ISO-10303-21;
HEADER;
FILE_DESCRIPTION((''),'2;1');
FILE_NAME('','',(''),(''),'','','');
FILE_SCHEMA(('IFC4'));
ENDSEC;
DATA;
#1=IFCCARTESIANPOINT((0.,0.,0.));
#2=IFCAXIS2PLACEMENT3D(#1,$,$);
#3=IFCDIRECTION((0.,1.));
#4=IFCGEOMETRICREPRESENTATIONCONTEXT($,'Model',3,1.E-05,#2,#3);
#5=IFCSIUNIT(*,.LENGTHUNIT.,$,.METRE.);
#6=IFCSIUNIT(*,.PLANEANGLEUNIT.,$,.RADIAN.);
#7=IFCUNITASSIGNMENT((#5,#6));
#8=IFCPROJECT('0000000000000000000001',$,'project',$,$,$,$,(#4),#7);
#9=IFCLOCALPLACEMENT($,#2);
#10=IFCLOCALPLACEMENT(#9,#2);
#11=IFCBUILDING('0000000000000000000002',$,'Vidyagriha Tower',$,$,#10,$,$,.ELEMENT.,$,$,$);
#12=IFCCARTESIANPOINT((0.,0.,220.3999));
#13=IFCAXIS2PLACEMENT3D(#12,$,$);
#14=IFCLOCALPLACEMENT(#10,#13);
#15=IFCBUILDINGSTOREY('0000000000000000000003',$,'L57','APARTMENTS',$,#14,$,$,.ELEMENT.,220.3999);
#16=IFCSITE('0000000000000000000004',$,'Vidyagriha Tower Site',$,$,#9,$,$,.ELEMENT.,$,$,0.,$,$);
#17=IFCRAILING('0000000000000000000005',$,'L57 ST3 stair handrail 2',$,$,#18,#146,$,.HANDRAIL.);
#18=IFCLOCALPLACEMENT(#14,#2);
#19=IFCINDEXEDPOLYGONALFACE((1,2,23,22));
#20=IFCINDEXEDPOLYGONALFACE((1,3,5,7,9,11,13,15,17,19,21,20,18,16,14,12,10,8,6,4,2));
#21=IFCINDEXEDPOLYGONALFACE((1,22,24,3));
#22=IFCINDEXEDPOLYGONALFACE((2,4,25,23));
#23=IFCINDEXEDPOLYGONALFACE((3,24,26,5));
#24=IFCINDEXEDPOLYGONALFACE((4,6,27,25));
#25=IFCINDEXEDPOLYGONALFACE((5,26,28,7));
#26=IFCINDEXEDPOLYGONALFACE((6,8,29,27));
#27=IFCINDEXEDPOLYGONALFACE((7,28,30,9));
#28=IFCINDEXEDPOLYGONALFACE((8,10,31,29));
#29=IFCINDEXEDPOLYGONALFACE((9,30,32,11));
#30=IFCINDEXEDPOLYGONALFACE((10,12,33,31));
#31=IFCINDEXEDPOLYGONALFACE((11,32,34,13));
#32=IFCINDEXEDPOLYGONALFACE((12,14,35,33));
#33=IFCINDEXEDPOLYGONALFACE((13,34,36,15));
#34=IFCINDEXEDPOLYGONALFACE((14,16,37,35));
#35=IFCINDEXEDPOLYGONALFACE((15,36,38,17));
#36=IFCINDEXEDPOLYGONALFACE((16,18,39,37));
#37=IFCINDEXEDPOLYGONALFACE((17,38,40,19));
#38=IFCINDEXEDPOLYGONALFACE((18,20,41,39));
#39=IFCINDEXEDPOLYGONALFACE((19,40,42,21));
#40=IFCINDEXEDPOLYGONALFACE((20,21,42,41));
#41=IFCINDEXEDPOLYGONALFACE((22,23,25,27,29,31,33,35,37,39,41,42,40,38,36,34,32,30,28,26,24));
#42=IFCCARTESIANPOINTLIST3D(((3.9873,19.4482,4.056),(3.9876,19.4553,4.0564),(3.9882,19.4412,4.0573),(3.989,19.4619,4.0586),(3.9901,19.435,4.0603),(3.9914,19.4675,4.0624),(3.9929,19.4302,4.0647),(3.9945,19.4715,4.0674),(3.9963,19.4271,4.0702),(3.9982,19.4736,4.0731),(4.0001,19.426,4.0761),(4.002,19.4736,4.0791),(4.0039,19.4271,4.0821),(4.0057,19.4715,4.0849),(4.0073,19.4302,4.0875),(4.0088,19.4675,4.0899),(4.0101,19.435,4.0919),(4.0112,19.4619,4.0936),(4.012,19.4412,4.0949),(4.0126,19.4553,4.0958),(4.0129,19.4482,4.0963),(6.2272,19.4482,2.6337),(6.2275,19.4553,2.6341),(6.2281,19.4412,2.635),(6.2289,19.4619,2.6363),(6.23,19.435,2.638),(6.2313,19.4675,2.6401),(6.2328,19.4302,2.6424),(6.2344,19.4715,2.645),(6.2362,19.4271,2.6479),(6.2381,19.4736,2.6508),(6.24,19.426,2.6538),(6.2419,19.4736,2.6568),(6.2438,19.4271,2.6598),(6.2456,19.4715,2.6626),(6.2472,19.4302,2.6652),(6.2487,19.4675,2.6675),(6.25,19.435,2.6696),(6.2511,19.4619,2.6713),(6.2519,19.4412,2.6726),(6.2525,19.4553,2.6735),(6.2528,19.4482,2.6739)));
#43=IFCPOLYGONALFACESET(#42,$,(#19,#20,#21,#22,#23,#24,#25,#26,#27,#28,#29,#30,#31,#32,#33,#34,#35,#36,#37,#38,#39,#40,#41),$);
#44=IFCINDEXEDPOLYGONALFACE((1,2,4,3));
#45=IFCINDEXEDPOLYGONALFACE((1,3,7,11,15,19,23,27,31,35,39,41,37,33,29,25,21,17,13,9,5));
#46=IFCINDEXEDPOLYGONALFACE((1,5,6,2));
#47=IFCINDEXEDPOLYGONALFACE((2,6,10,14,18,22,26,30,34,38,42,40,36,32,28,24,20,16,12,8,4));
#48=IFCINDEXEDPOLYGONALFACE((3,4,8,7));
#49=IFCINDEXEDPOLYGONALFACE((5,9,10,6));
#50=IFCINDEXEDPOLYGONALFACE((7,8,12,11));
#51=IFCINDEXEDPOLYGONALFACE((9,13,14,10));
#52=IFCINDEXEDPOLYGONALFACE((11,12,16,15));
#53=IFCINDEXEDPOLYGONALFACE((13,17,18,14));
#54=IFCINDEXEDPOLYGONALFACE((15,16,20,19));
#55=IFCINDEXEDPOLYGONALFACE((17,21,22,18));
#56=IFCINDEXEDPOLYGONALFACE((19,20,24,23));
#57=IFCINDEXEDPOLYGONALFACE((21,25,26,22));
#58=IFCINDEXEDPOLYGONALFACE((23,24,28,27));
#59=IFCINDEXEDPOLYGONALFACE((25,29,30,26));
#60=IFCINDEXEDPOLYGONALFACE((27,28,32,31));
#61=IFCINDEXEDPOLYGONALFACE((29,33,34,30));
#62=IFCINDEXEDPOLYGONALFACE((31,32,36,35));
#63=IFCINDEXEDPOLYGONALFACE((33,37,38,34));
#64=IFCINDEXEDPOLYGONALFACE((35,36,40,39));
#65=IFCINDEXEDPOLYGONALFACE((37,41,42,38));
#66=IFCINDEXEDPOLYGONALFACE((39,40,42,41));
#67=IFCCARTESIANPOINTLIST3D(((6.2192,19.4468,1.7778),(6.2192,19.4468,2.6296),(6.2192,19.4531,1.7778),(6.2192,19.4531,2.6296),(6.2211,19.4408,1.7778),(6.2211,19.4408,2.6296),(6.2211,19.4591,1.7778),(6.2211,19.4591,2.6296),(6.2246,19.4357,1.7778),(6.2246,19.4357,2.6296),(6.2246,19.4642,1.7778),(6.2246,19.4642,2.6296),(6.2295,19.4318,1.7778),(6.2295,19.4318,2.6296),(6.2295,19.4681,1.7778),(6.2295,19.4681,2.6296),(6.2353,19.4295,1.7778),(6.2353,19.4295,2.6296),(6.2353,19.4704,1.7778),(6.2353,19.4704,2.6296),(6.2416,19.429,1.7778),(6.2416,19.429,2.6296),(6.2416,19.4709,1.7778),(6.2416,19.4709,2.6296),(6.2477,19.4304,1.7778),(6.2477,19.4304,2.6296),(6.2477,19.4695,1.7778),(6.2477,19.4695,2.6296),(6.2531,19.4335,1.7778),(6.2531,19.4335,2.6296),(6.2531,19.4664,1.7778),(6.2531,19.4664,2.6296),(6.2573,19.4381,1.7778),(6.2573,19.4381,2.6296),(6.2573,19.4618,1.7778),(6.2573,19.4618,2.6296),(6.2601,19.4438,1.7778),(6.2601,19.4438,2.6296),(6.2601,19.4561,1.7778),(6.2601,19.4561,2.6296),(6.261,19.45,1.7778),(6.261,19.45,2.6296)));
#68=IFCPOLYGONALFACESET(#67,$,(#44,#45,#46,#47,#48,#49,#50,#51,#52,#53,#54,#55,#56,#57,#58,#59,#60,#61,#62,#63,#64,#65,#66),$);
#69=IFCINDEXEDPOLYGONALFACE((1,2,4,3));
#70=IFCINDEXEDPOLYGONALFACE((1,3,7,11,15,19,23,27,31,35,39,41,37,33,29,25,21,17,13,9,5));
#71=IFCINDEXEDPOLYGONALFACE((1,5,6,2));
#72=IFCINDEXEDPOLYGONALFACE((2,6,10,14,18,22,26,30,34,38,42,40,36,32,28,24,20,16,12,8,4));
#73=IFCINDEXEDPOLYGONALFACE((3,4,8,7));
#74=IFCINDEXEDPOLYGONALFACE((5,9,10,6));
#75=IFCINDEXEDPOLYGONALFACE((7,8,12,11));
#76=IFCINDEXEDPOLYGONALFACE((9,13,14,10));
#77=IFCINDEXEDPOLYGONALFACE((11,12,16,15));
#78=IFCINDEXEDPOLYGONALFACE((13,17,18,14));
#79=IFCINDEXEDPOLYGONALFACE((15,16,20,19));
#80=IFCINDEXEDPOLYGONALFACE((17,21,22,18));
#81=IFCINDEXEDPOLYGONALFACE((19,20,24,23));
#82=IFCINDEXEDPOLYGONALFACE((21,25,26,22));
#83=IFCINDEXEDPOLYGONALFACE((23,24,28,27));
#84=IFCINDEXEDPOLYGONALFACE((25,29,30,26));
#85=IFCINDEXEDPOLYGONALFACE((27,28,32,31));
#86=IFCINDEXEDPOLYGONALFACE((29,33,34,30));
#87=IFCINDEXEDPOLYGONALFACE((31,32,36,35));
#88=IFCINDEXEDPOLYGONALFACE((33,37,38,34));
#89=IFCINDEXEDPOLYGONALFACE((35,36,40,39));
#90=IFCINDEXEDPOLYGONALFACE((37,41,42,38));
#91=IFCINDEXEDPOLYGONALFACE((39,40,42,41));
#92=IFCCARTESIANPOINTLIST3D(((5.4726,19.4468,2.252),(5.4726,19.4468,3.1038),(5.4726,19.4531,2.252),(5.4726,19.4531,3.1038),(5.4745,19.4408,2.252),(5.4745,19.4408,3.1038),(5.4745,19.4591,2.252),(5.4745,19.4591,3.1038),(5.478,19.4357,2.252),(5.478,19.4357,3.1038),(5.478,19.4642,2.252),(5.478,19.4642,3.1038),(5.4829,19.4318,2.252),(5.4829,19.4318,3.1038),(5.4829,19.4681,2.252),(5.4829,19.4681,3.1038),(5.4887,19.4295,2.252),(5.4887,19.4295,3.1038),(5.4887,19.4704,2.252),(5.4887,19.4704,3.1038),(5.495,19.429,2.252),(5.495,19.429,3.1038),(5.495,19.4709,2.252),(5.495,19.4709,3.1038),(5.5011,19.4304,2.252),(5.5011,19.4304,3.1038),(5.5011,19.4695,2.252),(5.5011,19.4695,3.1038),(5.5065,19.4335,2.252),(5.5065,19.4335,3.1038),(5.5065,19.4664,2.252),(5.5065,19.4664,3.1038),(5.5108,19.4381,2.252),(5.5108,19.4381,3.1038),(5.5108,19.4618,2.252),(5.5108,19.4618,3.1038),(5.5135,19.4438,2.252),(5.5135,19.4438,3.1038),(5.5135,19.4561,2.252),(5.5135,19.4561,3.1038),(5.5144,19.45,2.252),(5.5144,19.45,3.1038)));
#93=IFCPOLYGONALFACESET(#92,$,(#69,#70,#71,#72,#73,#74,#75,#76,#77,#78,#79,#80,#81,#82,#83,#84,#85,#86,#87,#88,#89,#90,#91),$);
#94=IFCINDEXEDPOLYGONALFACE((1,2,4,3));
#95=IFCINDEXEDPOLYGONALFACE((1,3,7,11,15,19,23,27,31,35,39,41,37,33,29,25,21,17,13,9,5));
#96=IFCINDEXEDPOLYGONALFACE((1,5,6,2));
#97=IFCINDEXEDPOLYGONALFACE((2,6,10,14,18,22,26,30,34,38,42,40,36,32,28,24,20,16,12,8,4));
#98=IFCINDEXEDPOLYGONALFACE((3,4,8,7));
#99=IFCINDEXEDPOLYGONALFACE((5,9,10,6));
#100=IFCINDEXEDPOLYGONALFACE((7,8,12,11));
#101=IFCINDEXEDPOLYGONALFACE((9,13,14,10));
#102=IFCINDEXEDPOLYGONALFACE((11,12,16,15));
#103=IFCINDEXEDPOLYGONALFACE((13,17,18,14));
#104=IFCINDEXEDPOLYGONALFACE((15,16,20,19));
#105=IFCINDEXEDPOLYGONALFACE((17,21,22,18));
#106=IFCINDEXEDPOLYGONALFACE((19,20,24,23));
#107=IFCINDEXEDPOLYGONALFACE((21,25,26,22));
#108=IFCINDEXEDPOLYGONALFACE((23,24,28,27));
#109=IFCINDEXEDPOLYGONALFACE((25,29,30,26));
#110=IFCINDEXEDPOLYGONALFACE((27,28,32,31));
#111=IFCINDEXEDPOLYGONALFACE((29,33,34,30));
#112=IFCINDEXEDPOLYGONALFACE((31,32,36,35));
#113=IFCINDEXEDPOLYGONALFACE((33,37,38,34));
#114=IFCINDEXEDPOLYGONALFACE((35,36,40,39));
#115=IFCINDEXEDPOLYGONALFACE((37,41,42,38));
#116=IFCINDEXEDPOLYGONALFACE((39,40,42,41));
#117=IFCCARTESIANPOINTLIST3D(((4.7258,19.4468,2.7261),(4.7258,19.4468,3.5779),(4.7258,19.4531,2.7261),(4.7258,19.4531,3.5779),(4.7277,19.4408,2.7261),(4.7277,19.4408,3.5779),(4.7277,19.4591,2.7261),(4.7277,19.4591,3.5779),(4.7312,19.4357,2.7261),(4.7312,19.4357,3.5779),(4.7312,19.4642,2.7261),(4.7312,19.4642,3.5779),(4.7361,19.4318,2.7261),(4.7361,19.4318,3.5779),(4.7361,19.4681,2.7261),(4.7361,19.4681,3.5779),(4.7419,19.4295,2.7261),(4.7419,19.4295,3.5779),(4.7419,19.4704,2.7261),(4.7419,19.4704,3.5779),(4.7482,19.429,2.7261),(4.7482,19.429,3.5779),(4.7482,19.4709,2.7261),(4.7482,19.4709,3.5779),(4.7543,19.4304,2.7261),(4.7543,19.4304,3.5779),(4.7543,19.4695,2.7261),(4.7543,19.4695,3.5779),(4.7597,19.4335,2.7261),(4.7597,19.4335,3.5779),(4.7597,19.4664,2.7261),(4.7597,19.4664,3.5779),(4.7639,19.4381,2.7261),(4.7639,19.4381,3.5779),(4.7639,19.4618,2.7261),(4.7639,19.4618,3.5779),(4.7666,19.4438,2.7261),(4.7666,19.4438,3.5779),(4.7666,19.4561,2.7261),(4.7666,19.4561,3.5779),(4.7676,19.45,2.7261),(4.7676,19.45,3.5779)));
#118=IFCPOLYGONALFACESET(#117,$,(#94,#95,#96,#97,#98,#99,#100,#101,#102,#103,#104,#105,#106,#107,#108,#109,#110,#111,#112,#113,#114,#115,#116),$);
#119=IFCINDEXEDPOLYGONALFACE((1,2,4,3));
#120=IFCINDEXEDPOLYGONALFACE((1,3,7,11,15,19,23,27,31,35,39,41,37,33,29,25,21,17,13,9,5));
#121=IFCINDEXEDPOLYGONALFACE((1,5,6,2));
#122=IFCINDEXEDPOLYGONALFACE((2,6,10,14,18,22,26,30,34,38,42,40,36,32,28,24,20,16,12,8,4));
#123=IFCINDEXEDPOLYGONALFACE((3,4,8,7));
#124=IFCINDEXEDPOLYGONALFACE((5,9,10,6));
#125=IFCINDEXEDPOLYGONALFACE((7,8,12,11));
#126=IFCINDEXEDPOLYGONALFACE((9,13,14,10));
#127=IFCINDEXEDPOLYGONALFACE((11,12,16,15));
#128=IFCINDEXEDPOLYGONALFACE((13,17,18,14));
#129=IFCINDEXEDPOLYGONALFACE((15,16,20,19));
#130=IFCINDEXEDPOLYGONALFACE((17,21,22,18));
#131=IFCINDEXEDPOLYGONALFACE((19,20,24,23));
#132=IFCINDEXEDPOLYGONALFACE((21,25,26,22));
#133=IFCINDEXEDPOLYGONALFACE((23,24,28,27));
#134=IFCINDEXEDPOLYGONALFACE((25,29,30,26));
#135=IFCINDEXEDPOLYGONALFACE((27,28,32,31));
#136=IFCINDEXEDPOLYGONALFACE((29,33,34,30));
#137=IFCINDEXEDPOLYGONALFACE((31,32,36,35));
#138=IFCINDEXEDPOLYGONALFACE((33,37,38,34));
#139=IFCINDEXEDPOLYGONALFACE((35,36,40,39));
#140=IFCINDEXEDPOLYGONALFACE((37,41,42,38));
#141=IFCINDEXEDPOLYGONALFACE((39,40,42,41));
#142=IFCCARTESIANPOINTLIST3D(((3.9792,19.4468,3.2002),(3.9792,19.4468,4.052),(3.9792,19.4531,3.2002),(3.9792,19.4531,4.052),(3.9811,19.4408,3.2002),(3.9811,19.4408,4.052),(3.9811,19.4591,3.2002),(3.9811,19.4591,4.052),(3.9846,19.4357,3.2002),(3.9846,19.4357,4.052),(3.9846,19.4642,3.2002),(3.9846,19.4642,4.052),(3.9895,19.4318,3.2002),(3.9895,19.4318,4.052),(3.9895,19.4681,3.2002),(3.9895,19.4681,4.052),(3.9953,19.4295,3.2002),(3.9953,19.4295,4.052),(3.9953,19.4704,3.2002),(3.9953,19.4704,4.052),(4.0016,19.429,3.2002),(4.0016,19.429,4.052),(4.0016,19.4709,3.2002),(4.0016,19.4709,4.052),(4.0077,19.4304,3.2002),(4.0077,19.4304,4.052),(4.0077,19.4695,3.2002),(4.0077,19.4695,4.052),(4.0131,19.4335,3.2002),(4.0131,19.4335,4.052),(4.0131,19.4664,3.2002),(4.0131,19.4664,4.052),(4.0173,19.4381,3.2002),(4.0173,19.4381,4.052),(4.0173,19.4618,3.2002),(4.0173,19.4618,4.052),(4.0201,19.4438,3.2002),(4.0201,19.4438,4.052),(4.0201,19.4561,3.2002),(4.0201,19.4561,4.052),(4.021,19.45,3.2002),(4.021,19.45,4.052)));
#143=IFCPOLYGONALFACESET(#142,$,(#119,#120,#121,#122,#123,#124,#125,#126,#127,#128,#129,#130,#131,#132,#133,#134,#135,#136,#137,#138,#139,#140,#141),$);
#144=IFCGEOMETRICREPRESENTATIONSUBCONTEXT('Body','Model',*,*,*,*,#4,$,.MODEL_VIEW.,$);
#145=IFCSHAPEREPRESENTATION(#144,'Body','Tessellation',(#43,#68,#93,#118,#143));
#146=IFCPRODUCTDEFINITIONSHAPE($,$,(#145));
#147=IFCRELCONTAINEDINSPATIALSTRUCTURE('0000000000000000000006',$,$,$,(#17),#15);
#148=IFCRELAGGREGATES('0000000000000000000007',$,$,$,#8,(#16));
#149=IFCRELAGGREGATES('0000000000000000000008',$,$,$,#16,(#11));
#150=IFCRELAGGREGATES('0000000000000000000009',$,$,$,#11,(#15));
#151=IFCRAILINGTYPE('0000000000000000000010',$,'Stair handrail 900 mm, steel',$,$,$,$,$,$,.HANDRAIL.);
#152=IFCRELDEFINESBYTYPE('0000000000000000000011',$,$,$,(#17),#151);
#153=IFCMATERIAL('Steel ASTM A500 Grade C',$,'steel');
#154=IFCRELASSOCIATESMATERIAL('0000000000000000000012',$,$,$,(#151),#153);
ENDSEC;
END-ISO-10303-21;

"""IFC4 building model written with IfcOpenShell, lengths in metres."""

from ifc_helpers import new_model, si_unit, direction, frame, origin, origin_2d, place, context, subcontext, project, spatial, circle, extrude, material, type_object, element, save


model = new_model("IFC4")

# Units and contexts
model_context = context("Model", 3, precision=1e-05, world=origin(), true_north=direction((0.0, 1.0)))
body_context = subcontext(model_context, "Body", "Model", "MODEL_VIEW")
ifc_project = project(units=[si_unit("LENGTHUNIT", "METRE"), si_unit("PLANEANGLEUNIT", "RADIAN")], contexts=[model_context])

# Site, building, storey
site_placement = place(None, origin())
site = spatial("IfcSite", under=ifc_project, at=site_placement, Name="Vidyagriha Tower Site", CompositionType="ELEMENT", RefElevation=0.0)
building_placement = place(site_placement, origin())
building = spatial("IfcBuilding", under=site, at=building_placement, Name="Vidyagriha Tower", CompositionType="ELEMENT")
storey_placement = place(building_placement, frame((0.0, 0.0, 220.3999)))
storey = spatial("IfcBuildingStorey", under=building, at=storey_placement, Name="L57", Description="APARTMENTS", CompositionType="ELEMENT", Elevation=220.3999)

# Railing
ifc_material_1 = material(Name="Steel ASTM A500 Grade C", Category="steel")
railing_type_1 = type_object("IfcRailingType", Name="Stair handrail 900 mm, steel", PredefinedType="HANDRAIL", material=ifc_material_1)
railing_1_placement = place(storey_placement, frame((6.24, 19.45, 1.7778)))
element("IfcRailing", 1, at=railing_1_placement, inside=storey, type_object=railing_type_1, Name="L57 ST3 stair handrail 2", PredefinedType="HANDRAIL", context=body_context, shape_type="SweptSolid", body=[
    extrude(circle(Radius=0.0239, at=origin_2d()), frame((0.0, 0.0, 0.876), z_axis=(-0.844188, 0.0, 0.536048), x_axis=(0.0, -1.0, 0.0)), (0.0, 0.0, 1.0), 2.6533),
    extrude(circle(Radius=0.021, at=origin_2d()), origin(), (0.0, 0.0, 1.0), 0.8518),
    extrude(circle(Radius=0.021, at=origin_2d()), frame((-0.7466, 0.0, 0.4741)), (0.0, 0.0, 1.0), 0.8518),
    extrude(circle(Radius=0.021, at=origin_2d()), frame((-1.4934, 0.0, 0.9482)), (0.0, 0.0, 1.0), 0.8518),
    extrude(circle(Radius=0.021, at=origin_2d()), frame((-2.24, 0.0, 1.4224)), (0.0, 0.0, 1.0), 0.8518),
])

save(model, "model.ifc")
